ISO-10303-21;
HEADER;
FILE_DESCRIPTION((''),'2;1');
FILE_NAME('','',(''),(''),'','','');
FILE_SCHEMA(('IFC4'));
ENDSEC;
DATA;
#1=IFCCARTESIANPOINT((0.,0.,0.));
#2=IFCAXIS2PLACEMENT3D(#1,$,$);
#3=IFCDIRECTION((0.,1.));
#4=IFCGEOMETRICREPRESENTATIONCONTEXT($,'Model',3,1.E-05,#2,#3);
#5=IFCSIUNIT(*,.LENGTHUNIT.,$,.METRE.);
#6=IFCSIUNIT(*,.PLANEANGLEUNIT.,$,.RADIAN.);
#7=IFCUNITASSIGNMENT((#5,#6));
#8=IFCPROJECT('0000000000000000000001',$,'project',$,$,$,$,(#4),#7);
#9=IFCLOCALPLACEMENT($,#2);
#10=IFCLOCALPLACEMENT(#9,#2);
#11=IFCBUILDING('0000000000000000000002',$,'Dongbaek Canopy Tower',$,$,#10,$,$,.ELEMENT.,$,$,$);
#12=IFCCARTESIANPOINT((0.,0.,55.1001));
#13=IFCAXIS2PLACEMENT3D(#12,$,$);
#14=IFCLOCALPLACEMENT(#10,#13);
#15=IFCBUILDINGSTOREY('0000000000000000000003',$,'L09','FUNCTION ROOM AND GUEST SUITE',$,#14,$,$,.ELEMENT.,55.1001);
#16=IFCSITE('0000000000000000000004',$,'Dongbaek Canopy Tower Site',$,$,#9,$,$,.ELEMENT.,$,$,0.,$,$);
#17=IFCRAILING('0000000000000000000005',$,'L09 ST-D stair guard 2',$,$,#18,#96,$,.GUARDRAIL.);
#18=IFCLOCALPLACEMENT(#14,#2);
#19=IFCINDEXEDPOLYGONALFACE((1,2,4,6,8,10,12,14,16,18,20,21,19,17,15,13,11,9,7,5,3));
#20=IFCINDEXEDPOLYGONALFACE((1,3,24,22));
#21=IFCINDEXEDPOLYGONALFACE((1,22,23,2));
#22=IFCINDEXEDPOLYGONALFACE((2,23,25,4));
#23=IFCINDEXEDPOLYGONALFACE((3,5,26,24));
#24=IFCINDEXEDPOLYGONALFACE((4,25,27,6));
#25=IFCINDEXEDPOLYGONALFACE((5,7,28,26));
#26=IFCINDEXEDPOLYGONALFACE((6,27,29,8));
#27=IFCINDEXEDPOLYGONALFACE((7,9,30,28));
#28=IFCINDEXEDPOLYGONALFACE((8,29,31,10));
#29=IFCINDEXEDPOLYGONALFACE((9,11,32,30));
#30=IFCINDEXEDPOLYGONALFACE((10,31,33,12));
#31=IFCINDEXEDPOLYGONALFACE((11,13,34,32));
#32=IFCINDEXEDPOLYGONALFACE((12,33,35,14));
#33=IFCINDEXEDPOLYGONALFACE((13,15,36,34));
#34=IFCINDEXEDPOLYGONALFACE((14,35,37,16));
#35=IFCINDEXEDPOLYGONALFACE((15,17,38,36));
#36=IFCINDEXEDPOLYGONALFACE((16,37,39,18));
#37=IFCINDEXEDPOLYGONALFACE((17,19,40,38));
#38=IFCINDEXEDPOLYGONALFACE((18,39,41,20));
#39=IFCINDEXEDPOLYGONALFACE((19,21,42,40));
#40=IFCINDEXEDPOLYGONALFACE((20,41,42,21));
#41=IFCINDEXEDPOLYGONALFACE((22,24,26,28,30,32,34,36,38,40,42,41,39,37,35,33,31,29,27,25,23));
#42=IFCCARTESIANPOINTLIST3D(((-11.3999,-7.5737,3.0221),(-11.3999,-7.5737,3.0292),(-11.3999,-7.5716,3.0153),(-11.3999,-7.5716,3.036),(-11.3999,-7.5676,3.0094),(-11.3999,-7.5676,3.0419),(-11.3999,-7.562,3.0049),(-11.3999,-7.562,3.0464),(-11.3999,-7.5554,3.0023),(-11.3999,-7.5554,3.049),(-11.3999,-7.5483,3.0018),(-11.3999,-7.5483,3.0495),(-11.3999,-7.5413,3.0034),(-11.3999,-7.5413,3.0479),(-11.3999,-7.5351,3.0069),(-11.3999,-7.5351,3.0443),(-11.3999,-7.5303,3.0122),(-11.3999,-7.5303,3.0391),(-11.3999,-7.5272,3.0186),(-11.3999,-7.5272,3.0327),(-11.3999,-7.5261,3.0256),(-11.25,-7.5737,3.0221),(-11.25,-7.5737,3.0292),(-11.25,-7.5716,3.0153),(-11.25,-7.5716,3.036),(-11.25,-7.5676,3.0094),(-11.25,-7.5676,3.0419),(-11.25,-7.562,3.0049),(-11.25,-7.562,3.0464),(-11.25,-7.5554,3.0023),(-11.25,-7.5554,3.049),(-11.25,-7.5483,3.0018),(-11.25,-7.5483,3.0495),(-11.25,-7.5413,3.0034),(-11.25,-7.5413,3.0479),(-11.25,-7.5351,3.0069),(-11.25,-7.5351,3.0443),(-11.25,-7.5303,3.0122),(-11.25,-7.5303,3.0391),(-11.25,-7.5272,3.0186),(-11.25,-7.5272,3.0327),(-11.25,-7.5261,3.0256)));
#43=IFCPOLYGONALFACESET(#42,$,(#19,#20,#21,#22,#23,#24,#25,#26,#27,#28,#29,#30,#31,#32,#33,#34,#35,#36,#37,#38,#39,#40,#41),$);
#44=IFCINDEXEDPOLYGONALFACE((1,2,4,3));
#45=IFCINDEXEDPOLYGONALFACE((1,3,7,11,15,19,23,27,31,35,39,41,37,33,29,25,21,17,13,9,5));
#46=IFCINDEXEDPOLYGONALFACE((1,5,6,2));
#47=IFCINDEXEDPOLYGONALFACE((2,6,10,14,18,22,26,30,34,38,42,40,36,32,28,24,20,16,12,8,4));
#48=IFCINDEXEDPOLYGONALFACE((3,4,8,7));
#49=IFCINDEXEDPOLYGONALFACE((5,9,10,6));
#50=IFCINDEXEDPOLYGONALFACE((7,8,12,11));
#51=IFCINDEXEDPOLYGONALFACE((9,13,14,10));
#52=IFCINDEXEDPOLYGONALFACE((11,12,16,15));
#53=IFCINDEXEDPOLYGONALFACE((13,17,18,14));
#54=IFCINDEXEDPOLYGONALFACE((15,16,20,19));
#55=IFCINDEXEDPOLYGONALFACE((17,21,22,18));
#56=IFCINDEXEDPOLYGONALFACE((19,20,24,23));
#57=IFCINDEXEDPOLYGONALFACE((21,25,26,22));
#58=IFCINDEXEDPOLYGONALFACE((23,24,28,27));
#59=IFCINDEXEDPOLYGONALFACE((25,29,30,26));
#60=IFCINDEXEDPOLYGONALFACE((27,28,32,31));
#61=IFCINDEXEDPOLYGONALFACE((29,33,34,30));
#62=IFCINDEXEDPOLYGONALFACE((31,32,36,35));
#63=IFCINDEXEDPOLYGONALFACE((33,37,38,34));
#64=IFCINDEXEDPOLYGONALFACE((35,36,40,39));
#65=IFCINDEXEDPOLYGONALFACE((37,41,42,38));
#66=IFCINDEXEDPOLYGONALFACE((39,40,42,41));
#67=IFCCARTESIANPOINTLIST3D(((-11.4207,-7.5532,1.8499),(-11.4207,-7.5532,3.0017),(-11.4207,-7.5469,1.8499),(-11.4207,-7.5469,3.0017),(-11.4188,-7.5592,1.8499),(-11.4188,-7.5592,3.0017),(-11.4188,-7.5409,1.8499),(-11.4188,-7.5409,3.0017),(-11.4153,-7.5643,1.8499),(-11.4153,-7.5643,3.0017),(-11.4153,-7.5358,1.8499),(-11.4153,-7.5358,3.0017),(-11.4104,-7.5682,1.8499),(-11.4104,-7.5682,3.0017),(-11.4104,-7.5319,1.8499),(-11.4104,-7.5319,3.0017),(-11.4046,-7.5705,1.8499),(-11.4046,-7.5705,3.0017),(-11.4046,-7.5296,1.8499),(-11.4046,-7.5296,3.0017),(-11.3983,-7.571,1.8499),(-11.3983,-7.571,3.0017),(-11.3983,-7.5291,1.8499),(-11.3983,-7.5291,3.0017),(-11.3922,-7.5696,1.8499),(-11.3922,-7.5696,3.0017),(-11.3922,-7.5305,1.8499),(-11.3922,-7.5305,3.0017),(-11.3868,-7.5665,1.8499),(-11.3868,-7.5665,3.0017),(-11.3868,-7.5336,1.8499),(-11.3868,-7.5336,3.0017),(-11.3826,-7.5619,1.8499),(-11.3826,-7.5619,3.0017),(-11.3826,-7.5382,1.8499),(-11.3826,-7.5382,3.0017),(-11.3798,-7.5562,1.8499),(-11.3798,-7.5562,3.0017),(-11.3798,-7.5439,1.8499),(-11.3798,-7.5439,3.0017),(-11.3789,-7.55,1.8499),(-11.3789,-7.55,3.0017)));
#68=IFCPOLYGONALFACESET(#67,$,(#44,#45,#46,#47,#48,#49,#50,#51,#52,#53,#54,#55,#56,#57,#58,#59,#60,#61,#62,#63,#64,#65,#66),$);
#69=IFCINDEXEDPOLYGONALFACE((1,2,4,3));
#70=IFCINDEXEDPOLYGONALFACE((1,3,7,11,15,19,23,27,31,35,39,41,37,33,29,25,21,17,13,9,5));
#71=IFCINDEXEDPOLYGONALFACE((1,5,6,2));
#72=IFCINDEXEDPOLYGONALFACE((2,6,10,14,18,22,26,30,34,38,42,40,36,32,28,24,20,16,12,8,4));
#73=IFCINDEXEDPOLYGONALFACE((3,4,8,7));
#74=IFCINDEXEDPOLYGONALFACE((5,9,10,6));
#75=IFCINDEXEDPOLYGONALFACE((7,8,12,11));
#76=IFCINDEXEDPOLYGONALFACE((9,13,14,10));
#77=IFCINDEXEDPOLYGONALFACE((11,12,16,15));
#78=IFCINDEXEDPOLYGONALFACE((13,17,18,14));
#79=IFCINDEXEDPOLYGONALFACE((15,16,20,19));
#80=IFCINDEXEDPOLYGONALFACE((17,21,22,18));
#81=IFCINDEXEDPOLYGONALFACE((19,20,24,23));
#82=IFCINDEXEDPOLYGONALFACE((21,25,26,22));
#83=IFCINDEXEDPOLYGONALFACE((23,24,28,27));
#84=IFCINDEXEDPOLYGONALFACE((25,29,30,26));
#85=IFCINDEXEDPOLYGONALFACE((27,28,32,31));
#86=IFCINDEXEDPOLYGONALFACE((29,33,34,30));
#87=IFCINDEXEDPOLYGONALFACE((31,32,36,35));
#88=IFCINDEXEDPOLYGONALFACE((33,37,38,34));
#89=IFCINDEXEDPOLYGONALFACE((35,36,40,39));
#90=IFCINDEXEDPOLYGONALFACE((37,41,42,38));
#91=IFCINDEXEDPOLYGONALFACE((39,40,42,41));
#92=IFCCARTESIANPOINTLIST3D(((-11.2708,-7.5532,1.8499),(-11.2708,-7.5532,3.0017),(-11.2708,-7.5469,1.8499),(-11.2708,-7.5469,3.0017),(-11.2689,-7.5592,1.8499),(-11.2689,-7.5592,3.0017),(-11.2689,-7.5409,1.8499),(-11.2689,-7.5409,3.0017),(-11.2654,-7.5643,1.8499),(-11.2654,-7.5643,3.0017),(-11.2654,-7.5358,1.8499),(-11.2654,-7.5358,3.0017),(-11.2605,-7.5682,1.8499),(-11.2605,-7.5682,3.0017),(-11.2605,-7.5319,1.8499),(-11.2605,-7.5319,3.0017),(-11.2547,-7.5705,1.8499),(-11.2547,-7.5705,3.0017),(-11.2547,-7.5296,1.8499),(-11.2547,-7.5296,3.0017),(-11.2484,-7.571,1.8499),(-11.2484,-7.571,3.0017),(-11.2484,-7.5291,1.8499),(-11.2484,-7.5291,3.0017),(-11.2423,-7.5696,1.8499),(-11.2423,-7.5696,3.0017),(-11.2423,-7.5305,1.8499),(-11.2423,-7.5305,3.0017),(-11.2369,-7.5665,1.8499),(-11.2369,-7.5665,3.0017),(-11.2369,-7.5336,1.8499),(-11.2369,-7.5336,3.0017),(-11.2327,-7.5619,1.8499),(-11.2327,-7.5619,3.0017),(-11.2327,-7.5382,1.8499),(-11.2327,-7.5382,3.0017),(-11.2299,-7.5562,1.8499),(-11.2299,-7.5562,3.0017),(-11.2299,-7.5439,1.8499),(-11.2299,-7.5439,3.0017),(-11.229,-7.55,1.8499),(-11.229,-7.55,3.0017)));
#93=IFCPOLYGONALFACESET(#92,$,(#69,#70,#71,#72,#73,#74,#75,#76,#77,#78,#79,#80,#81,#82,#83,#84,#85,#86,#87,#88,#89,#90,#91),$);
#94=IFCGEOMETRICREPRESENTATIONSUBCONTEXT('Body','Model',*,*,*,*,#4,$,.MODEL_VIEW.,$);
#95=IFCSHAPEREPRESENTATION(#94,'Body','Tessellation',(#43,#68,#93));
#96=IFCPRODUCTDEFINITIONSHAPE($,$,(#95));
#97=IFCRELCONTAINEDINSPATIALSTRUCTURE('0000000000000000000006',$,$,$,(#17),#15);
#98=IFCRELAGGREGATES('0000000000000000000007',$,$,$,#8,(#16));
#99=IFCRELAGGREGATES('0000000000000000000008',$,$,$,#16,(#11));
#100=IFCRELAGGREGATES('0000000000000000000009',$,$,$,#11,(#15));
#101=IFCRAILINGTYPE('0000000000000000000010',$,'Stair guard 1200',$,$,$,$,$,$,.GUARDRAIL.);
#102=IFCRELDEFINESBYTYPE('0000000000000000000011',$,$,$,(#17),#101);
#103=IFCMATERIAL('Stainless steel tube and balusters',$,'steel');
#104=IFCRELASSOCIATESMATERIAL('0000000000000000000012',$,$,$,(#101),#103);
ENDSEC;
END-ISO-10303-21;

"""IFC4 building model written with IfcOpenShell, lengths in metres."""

from ifc_helpers import new_model, si_unit, direction, frame, origin, origin_2d, place, context, subcontext, project, spatial, circle, extrude, material, type_object, element, save


model = new_model("IFC4")

# Units and contexts
model_context = context("Model", 3, precision=1e-05, world=origin(), true_north=direction((0.0, 1.0)))
body_context = subcontext(model_context, "Body", "Model", "MODEL_VIEW")
ifc_project = project(units=[si_unit("LENGTHUNIT", "METRE"), si_unit("PLANEANGLEUNIT", "RADIAN")], contexts=[model_context])

# Site, building, storey
site_placement = place(None, origin())
site = spatial("IfcSite", under=ifc_project, at=site_placement, Name="Dongbaek Canopy Tower Site", CompositionType="ELEMENT", RefElevation=0.0)
building_placement = place(site_placement, origin())
building = spatial("IfcBuilding", under=site, at=building_placement, Name="Dongbaek Canopy Tower", CompositionType="ELEMENT")
storey_placement = place(building_placement, frame((0.0, 0.0, 55.1001)))
storey = spatial("IfcBuildingStorey", under=building, at=storey_placement, Name="L09", Description="FUNCTION ROOM AND GUEST SUITE", CompositionType="ELEMENT", Elevation=55.1001)

# Railing
ifc_material_1 = material(Name="Stainless steel tube and balusters", Category="steel")
railing_type_1 = type_object("IfcRailingType", Name="Stair guard 1200", PredefinedType="GUARDRAIL", material=ifc_material_1)
railing_1_placement = place(storey_placement, frame((-11.3999, -7.55, 1.8499)))
element("IfcRailing", 1, at=railing_1_placement, inside=storey, type_object=railing_type_1, Name="L09 ST-D stair guard 2", PredefinedType="GUARDRAIL", context=body_context, shape_type="SweptSolid", body=[
    extrude(circle(Radius=0.0239, at=origin_2d()), frame((0.0, 0.0, 1.1758), z_axis=(1.0, 0.0, 0.0), x_axis=(0.0, 1.0, 0.0)), (0.0, 0.0, 1.0), 0.1499),
    extrude(circle(Radius=0.021, at=origin_2d()), origin(), (0.0, 0.0, 1.0), 1.1519),
    extrude(circle(Radius=0.021, at=origin_2d()), frame((0.1499, 0.0, 0.0)), (0.0, 0.0, 1.0), 1.1519),
])

save(model, "model.ifc")
